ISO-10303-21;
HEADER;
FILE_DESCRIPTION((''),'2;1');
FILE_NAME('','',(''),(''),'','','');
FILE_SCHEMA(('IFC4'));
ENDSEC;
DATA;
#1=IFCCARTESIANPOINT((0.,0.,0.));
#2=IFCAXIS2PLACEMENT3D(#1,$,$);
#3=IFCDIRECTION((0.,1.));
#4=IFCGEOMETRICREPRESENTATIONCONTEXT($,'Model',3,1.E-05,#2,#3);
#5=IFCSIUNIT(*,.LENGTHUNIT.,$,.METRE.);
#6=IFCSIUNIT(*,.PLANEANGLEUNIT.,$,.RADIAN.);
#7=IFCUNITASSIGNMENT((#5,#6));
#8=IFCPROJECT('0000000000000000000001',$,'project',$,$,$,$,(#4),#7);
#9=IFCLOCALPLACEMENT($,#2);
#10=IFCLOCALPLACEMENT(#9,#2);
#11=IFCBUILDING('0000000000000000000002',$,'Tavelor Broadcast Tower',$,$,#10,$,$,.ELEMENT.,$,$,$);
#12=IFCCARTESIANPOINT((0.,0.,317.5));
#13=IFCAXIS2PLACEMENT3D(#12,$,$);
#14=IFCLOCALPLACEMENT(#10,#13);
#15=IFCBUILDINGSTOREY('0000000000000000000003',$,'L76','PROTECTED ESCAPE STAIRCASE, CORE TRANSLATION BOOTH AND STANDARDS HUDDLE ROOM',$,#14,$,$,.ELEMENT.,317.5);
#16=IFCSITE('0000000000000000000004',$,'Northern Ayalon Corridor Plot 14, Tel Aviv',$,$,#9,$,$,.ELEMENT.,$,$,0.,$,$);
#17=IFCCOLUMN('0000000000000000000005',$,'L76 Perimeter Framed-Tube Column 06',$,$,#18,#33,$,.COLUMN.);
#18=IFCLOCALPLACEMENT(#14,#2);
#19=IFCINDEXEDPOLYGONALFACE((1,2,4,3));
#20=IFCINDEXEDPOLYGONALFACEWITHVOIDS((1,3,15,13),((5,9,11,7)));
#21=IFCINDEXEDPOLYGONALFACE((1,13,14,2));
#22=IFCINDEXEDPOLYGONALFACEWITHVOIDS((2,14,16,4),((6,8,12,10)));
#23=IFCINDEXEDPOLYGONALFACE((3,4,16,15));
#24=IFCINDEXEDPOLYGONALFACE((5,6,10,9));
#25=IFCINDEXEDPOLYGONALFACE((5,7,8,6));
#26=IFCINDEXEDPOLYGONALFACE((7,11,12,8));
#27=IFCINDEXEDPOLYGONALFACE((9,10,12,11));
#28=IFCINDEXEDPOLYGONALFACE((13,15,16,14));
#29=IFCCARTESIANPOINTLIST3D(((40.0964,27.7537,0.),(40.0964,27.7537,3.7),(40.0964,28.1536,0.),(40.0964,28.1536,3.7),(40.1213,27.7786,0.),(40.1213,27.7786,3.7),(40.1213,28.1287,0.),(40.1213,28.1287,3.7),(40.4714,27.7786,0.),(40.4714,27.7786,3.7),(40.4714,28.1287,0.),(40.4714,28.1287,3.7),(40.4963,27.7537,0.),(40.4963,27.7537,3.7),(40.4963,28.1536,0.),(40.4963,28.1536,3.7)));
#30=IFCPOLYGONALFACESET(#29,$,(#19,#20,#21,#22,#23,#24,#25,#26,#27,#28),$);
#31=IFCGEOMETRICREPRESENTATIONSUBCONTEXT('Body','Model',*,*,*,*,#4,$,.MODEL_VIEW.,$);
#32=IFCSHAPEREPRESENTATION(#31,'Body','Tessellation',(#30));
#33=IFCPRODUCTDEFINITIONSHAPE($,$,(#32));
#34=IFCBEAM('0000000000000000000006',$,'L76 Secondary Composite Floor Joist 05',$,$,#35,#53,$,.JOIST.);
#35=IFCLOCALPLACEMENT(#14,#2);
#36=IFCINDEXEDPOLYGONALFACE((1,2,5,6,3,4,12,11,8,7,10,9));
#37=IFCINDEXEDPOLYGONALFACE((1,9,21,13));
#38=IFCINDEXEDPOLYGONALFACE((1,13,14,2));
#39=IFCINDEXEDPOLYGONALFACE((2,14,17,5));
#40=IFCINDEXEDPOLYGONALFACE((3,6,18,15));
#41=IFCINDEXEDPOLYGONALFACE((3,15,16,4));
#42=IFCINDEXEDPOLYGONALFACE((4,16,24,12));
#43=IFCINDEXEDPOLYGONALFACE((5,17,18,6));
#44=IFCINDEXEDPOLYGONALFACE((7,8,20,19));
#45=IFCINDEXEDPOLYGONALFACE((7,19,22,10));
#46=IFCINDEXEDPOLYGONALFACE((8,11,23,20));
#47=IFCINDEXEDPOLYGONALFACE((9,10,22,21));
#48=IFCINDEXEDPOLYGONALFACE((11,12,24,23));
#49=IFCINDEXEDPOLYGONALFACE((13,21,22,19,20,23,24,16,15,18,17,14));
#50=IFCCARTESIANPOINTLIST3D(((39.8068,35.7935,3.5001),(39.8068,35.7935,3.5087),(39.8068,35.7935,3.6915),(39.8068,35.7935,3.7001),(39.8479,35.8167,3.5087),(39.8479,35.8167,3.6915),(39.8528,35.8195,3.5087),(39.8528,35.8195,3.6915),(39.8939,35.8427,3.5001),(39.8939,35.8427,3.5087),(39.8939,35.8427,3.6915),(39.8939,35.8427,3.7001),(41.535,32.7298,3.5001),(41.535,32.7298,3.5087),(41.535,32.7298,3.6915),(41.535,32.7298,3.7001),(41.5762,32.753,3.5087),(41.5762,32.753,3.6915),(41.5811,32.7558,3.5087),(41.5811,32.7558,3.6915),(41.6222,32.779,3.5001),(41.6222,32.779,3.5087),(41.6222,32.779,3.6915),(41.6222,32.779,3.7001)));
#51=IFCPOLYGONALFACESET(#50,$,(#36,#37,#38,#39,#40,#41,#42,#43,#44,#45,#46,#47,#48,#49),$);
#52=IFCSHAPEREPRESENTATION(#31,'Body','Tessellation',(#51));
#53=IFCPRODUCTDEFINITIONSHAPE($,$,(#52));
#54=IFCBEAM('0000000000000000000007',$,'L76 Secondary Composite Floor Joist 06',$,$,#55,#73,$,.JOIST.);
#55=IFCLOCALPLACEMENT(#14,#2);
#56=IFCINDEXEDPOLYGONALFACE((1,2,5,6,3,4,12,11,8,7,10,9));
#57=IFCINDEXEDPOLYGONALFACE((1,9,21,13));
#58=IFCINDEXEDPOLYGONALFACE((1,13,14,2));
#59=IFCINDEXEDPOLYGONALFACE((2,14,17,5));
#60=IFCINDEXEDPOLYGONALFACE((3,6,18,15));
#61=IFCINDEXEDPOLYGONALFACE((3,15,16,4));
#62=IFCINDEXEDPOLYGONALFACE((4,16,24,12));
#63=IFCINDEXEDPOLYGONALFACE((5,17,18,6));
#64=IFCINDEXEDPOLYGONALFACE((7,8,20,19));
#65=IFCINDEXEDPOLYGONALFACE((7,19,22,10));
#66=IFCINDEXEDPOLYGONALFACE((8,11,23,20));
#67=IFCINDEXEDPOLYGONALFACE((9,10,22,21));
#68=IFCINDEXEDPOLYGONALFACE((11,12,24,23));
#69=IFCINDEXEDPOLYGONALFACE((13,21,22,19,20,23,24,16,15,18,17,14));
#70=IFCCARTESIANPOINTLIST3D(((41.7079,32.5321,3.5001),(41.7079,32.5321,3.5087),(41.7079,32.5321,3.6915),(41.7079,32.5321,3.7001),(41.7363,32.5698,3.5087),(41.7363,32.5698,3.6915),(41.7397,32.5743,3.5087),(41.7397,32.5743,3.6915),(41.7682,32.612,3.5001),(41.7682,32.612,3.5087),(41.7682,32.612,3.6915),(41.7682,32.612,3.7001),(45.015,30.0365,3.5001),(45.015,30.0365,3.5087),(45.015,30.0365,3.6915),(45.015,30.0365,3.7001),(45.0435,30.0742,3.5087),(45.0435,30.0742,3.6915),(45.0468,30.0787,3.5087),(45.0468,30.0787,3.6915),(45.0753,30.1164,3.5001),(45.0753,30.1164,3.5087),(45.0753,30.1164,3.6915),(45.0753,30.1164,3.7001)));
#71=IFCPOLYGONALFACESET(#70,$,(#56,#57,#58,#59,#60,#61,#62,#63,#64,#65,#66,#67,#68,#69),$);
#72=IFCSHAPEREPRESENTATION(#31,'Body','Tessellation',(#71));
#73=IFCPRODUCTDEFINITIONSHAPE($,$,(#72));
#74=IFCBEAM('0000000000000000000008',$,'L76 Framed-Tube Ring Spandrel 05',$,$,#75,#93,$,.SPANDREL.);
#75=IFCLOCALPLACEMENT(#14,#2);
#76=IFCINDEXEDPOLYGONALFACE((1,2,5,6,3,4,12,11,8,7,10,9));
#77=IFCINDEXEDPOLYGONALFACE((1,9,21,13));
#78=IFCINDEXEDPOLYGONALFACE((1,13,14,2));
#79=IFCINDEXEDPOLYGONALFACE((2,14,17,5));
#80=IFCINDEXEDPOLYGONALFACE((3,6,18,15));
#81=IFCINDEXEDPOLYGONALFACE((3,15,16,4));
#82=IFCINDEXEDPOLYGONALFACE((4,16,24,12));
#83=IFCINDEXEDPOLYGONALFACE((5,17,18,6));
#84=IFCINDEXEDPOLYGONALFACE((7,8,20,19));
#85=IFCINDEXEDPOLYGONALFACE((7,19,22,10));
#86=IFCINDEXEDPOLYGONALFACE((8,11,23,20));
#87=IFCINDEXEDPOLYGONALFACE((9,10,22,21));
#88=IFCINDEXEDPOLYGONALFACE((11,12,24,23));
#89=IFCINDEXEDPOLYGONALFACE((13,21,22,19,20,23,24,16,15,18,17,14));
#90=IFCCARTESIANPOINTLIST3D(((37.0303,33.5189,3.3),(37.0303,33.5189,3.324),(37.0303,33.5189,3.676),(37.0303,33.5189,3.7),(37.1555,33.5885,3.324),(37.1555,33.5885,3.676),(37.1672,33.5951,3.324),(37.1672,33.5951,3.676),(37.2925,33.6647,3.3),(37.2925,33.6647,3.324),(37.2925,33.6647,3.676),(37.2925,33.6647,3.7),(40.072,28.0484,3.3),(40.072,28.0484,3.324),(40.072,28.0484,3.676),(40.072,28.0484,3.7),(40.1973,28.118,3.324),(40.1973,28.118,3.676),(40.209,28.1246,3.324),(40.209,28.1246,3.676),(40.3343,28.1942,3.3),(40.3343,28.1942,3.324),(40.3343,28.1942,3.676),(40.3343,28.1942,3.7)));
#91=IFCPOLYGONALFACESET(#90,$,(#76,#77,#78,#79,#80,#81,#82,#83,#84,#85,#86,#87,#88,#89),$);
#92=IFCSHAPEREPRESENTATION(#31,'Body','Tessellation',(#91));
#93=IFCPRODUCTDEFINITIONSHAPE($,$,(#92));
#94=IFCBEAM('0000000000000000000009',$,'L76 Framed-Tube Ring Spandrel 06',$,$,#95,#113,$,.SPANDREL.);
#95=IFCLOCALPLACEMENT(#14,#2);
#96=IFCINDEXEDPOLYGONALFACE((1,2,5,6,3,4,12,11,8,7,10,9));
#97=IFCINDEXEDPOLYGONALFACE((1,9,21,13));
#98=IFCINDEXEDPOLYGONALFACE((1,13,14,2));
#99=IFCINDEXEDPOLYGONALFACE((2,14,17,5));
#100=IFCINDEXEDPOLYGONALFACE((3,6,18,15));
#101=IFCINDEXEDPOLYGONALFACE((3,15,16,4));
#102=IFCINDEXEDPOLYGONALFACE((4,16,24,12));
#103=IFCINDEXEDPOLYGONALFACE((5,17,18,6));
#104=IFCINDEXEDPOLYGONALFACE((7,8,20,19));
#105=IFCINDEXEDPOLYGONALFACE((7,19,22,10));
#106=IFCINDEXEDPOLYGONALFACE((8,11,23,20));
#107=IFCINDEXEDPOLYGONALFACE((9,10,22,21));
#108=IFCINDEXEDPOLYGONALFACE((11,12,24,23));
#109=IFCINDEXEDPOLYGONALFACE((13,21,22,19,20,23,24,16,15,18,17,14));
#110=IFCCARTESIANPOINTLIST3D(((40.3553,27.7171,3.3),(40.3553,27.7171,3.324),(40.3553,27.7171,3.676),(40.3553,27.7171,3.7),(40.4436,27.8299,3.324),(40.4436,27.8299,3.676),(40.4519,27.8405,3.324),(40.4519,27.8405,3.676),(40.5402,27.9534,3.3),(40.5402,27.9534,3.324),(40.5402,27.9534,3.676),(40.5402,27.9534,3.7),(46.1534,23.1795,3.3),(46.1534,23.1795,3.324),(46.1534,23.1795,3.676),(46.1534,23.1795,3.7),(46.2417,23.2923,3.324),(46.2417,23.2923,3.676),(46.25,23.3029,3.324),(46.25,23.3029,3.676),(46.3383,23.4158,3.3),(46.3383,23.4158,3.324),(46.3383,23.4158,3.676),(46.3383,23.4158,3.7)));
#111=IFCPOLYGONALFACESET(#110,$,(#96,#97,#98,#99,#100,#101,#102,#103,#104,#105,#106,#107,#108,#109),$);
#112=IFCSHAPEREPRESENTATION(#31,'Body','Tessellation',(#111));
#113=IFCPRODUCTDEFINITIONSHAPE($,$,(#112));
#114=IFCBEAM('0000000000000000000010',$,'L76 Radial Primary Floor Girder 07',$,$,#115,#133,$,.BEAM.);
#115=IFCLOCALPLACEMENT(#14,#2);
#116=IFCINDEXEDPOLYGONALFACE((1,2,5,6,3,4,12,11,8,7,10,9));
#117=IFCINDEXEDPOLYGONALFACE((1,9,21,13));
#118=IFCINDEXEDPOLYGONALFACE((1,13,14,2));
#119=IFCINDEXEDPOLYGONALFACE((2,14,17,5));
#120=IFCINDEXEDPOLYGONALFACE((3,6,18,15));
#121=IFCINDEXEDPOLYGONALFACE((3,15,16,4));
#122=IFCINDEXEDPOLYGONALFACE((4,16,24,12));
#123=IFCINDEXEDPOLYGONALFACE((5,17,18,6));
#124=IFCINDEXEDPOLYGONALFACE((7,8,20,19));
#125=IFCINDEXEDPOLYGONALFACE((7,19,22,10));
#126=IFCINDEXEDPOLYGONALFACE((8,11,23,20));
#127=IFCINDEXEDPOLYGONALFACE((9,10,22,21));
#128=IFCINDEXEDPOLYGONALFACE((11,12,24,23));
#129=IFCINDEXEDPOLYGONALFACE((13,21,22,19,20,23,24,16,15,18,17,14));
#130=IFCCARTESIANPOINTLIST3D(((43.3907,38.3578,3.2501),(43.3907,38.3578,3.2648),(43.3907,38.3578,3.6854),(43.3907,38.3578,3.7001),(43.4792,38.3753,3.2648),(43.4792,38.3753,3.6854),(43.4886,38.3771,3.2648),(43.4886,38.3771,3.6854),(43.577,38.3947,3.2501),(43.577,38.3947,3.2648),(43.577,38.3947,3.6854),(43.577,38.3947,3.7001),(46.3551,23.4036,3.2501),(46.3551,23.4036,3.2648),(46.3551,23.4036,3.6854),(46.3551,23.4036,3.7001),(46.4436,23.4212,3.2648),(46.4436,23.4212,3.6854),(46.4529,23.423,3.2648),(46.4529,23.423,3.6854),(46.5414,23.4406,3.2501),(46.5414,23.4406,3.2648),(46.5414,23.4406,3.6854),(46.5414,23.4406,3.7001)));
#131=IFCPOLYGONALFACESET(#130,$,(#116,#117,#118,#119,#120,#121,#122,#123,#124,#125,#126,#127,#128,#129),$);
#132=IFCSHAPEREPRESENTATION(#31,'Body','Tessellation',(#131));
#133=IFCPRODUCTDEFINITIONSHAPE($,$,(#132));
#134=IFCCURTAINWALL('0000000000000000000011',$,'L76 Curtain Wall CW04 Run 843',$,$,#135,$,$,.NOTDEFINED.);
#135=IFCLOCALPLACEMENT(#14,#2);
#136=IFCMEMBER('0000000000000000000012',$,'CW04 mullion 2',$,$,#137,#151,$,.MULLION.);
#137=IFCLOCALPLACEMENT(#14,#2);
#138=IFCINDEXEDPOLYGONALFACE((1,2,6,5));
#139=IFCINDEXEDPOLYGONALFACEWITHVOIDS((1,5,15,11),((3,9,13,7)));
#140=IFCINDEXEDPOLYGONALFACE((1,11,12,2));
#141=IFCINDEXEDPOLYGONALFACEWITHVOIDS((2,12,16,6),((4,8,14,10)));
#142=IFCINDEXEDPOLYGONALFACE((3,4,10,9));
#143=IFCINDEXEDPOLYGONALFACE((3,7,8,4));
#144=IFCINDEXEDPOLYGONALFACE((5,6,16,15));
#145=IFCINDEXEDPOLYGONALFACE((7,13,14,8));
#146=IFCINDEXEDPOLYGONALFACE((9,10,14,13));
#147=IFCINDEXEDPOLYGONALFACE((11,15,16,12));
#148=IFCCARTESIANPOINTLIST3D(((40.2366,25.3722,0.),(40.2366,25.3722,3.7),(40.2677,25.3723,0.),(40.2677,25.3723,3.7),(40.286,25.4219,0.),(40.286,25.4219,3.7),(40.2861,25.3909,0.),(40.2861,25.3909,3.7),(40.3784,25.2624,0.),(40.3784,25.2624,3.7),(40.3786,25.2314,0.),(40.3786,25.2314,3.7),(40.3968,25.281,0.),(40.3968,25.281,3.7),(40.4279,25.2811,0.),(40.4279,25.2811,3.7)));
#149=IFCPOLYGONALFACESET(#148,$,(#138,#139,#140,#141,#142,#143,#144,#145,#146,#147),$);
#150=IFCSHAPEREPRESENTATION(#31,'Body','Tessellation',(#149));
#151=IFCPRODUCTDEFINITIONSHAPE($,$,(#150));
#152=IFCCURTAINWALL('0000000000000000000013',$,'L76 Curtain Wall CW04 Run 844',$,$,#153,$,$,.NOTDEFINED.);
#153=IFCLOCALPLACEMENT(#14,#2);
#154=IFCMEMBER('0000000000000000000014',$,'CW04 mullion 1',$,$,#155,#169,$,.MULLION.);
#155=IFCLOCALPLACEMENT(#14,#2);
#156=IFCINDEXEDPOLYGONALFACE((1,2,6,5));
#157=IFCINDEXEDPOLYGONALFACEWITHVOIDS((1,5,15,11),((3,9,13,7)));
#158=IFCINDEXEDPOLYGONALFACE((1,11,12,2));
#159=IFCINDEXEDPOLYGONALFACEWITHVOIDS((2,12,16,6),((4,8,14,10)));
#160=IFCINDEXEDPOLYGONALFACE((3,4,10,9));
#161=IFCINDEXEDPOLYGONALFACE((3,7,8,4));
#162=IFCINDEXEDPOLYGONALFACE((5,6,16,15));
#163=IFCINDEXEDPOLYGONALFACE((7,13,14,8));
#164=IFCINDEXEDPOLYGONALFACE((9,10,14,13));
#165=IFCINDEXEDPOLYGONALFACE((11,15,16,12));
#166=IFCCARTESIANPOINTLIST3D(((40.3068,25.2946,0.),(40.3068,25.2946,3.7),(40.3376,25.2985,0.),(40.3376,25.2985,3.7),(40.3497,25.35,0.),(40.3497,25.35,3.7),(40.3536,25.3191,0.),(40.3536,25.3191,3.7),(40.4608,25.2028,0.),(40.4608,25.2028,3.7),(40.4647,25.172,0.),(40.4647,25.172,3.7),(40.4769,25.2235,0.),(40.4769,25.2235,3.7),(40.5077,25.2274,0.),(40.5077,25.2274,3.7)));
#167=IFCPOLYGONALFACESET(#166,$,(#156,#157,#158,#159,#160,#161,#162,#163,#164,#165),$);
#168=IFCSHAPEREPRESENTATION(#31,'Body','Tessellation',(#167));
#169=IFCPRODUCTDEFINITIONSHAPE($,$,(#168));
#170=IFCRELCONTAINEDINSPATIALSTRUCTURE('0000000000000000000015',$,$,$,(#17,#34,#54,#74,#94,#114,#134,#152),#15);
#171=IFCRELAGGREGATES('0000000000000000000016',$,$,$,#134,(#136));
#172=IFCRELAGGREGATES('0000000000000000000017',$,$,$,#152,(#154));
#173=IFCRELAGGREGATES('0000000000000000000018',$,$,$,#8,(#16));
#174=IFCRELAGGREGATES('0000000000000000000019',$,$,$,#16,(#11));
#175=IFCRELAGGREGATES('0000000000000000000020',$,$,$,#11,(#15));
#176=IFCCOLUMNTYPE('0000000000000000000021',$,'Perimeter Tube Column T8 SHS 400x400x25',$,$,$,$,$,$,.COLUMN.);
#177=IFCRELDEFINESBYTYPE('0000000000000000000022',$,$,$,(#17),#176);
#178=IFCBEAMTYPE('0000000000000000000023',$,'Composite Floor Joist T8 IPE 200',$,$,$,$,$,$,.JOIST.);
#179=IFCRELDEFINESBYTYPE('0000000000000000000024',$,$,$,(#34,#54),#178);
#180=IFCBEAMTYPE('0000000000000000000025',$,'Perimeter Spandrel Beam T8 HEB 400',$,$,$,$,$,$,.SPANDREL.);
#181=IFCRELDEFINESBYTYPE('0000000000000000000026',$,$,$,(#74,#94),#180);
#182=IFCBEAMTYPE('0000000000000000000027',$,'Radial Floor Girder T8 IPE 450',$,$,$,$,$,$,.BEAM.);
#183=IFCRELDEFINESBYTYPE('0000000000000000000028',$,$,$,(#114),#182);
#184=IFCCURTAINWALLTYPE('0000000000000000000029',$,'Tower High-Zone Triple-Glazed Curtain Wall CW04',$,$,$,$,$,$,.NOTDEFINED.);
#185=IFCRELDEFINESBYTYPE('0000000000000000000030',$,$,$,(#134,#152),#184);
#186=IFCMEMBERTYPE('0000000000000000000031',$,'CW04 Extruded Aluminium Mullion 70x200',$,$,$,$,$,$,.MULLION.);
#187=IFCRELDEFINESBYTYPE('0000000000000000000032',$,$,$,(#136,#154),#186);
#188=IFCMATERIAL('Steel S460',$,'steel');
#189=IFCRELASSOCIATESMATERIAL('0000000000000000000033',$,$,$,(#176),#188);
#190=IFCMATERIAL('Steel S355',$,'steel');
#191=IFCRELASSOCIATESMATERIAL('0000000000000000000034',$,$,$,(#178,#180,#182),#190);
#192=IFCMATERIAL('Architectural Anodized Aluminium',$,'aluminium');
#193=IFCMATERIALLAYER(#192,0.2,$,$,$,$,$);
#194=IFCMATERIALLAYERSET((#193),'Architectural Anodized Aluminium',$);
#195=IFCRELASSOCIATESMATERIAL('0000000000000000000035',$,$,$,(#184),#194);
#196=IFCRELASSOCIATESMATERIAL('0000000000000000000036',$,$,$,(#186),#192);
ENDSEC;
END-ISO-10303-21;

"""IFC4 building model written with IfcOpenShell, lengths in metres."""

from ifc_helpers import new_model, si_unit, direction, frame, origin, origin_2d, place, context, subcontext, project, spatial, hollow_rectangle, i_section, extrude, source, transform, mapped, material, layer, layer_set, material_profile, profile_set, type_object, type_shapes, element, aggregate, save


model = new_model("IFC4")

# Units and contexts
model_context = context("Model", 3, precision=1e-05, world=origin(), true_north=direction((0.0, 1.0)))
body_context = subcontext(model_context, "Body", "Model", "MODEL_VIEW")
ifc_project = project(units=[si_unit("LENGTHUNIT", "METRE"), si_unit("PLANEANGLEUNIT", "RADIAN")], contexts=[model_context])

# Site, building, storey
site_placement = place(None, origin())
site = spatial("IfcSite", under=ifc_project, at=site_placement, Name="Northern Ayalon Corridor Plot 14, Tel Aviv", CompositionType="ELEMENT", RefElevation=0.0)
building_placement = place(site_placement, origin())
building = spatial("IfcBuilding", under=site, at=building_placement, Name="Tavelor Broadcast Tower", CompositionType="ELEMENT")
storey_placement = place(building_placement, frame((0.0, 0.0, 317.5)))
storey = spatial("IfcBuildingStorey", under=building, at=storey_placement, Name="L76", Description="PROTECTED ESCAPE STAIRCASE, CORE TRANSLATION BOOTH AND STANDARDS HUDDLE ROOM", CompositionType="ELEMENT", Elevation=317.5)

# Column
ifc_material_1 = material(Name="Steel S460", Category="steel")
ifc_material_profile_1 = material_profile(ifc_material_1, hollow_rectangle(XDim=0.3999, YDim=0.3999, WallThickness=0.0249, at=origin_2d()), Name="SHS 400x400x25")
ifc_profile_set_1 = profile_set([ifc_material_profile_1], Name="Steel S460")
column_type = type_object("IfcColumnType", Name="Perimeter Tube Column T8 SHS 400x400x25", PredefinedType="COLUMN", material=ifc_profile_set_1)
column_placement = place(storey_placement, frame((40.2964, 27.9536, 0.0), z_axis=(0.0, 0.0, 1.0), x_axis=(1.0, 0.0, 0.0)))
element("IfcColumn", 1, at=column_placement, inside=storey, type_object=column_type, Name="L76 Perimeter Framed-Tube Column 06", PredefinedType="COLUMN", context=body_context, shape_type="SweptSolid", body=[
    extrude(hollow_rectangle(XDim=0.3999, YDim=0.3999, WallThickness=0.0249, at=origin_2d()), origin(), (0.0, 0.0, 1.0), 3.7),
])

# Beams
ifc_material_2 = material(Name="Steel S355", Category="steel")
ifc_material_profile_2 = material_profile(ifc_material_2, i_section(OverallWidth=0.1001, OverallDepth=0.2, WebThickness=0.0056, FlangeThickness=0.0085, at=origin_2d()), Name="IPE 200")
ifc_profile_set_2 = profile_set([ifc_material_profile_2], Name="Steel S355")
beam_type_1 = type_object("IfcBeamType", Name="Composite Floor Joist T8 IPE 200", PredefinedType="JOIST", material=ifc_profile_set_2)
beam_1_placement = place(storey_placement, frame((39.8503, 35.8181, 3.6001), z_axis=(0.491325, -0.870976, 0.0), x_axis=(0.870976, 0.491325, 0.0)))
element("IfcBeam", 2, at=beam_1_placement, inside=storey, type_object=beam_type_1, Name="L76 Secondary Composite Floor Joist 05", PredefinedType="JOIST", context=body_context, shape_type="SweptSolid", body=[
    extrude(i_section(OverallWidth=0.1001, OverallDepth=0.2, WebThickness=0.0056, FlangeThickness=0.0085, at=origin_2d()), origin(), (0.0, 0.0, 1.0), 3.5176),
])
beam_2_placement = place(storey_placement, frame((41.738, 32.572, 3.6001), z_axis=(0.798229, -0.602354, 0.0), x_axis=(0.602354, 0.798229, 0.0)))
element("IfcBeam", 3, at=beam_2_placement, inside=storey, type_object=beam_type_1, Name="L76 Secondary Composite Floor Joist 06", PredefinedType="JOIST", context=body_context, shape_type="SweptSolid", body=[
    extrude(i_section(OverallWidth=0.1001, OverallDepth=0.2, WebThickness=0.0056, FlangeThickness=0.0085, at=origin_2d()), origin(), (0.0, 0.0, 1.0), 4.1431),
])
ifc_material_profile_3 = material_profile(ifc_material_2, i_section(OverallWidth=0.3, OverallDepth=0.3999, WebThickness=0.0134, FlangeThickness=0.0239, at=origin_2d()), Name="HEB 400")
ifc_profile_set_3 = profile_set([ifc_material_profile_3], Name="Steel S355")
beam_type_2 = type_object("IfcBeamType", Name="Perimeter Spandrel Beam T8 HEB 400", PredefinedType="SPANDREL", material=ifc_profile_set_3)
beam_3_placement = place(storey_placement, frame((37.1614, 33.5918, 3.5), z_axis=(0.485961, -0.873981, 0.0), x_axis=(0.873981, 0.485961, 0.0)))
element("IfcBeam", 4, at=beam_3_placement, inside=storey, type_object=beam_type_2, Name="L76 Framed-Tube Ring Spandrel 05", PredefinedType="SPANDREL", context=body_context, shape_type="SweptSolid", body=[
    extrude(i_section(OverallWidth=0.3, OverallDepth=0.3999, WebThickness=0.0134, FlangeThickness=0.0239, at=origin_2d()), origin(), (0.0, 0.0, 1.0), 6.2593),
])
beam_4_placement = place(storey_placement, frame((40.4478, 27.8352, 3.5), z_axis=(0.787508, -0.616305, 0.0), x_axis=(0.616305, 0.787508, 0.0)))
element("IfcBeam", 5, at=beam_4_placement, inside=storey, type_object=beam_type_2, Name="L76 Framed-Tube Ring Spandrel 06", PredefinedType="SPANDREL", context=body_context, shape_type="SweptSolid", body=[
    extrude(i_section(OverallWidth=0.3, OverallDepth=0.3999, WebThickness=0.0134, FlangeThickness=0.0239, at=origin_2d()), origin(), (0.0, 0.0, 1.0), 7.3625),
])
ifc_material_profile_4 = material_profile(ifc_material_2, i_section(OverallWidth=0.1899, OverallDepth=0.45, WebThickness=0.0095, FlangeThickness=0.0146, at=origin_2d()), Name="IPE 450")
ifc_profile_set_4 = profile_set([ifc_material_profile_4], Name="Steel S355")
beam_type_3 = type_object("IfcBeamType", Name="Radial Floor Girder T8 IPE 450", PredefinedType="BEAM", material=ifc_profile_set_4)
beam_5_placement = place(storey_placement, frame((43.4839, 38.3762, 3.4751), z_axis=(0.194447, -0.980913, 0.0), x_axis=(0.980913, 0.194447, 0.0)))
element("IfcBeam", 6, at=beam_5_placement, inside=storey, type_object=beam_type_3, Name="L76 Radial Primary Floor Girder 07", PredefinedType="BEAM", context=body_context, shape_type="SweptSolid", body=[
    extrude(i_section(OverallWidth=0.1899, OverallDepth=0.45, WebThickness=0.0095, FlangeThickness=0.0146, at=origin_2d()), origin(), (0.0, 0.0, 1.0), 15.2451),
])

# Curtain wall, member
ifc_material_3 = material(Name="Architectural Anodized Aluminium", Category="aluminium")
ifc_layer_1 = layer(ifc_material_3, 0.2)
ifc_layer_set_1 = layer_set([ifc_layer_1], Name="Architectural Anodized Aluminium")
curtain_wall_type = type_object("IfcCurtainWallType", Name="Tower High-Zone Triple-Glazed Curtain Wall CW04", PredefinedType="NOTDEFINED", material=ifc_layer_set_1)
curtain_wall_1_placement = place(storey_placement, origin())
curtain_wall_1 = element("IfcCurtainWall", 7, at=curtain_wall_1_placement, inside=storey, type_object=curtain_wall_type, Name="L76 Curtain Wall CW04 Run 843", PredefinedType="NOTDEFINED")
ifc_material_profile_5 = material_profile(ifc_material_3, hollow_rectangle(XDim=0.0701, YDim=0.2, WallThickness=0.022, at=origin_2d()), Name="RHS 70x200x22")
ifc_profile_set_5 = profile_set([ifc_material_profile_5], Name="Architectural Anodized Aluminium")
member_type_1 = type_object("IfcMemberType", Name="CW04 Extruded Aluminium Mullion 70x200", PredefinedType="MULLION", material=ifc_profile_set_5)
shared_shape_1 = source(origin(), body_context, "Body", "SweptSolid", [
    extrude(hollow_rectangle(XDim=0.0701, YDim=0.2, WallThickness=0.022, at=origin_2d()), origin(), (0.0, 0.0, 1.0), 3.7),
])
type_shapes(member_type_1, [shared_shape_1])
member_1_placement = place(storey_placement, frame((40.3323, 25.3267, 0.0), z_axis=(0.0, 0.0, 1.0), x_axis=(0.70432, 0.709883, 0.0)))
member_1 = element("IfcMember", 8, at=member_1_placement, type_object=member_type_1, Name="CW04 mullion 2", PredefinedType="MULLION", context=body_context, shape_type="MappedRepresentation", body=[
    mapped(shared_shape_1, transform((0.0, 0.0, 0.0), scale=1.0)),
])

# Curtain wall, member
curtain_wall_2_placement = place(storey_placement, origin())
curtain_wall_2 = element("IfcCurtainWall", 9, at=curtain_wall_2_placement, inside=storey, type_object=curtain_wall_type, Name="L76 Curtain Wall CW04 Run 844", PredefinedType="NOTDEFINED")
member_2_placement = place(storey_placement, frame((40.4072, 25.261, 0.0), z_axis=(0.0, 0.0, 1.0), x_axis=(0.613235, 0.789901, 0.0)))
member_2 = element("IfcMember", 10, at=member_2_placement, type_object=member_type_1, Name="CW04 mullion 1", PredefinedType="MULLION", context=body_context, shape_type="MappedRepresentation", body=[
    mapped(shared_shape_1, transform((0.0, 0.0, 0.0), scale=1.0)),
])

aggregate(curtain_wall_1, [member_1])
aggregate(curtain_wall_2, [member_2])

save(model, "model.ifc")
